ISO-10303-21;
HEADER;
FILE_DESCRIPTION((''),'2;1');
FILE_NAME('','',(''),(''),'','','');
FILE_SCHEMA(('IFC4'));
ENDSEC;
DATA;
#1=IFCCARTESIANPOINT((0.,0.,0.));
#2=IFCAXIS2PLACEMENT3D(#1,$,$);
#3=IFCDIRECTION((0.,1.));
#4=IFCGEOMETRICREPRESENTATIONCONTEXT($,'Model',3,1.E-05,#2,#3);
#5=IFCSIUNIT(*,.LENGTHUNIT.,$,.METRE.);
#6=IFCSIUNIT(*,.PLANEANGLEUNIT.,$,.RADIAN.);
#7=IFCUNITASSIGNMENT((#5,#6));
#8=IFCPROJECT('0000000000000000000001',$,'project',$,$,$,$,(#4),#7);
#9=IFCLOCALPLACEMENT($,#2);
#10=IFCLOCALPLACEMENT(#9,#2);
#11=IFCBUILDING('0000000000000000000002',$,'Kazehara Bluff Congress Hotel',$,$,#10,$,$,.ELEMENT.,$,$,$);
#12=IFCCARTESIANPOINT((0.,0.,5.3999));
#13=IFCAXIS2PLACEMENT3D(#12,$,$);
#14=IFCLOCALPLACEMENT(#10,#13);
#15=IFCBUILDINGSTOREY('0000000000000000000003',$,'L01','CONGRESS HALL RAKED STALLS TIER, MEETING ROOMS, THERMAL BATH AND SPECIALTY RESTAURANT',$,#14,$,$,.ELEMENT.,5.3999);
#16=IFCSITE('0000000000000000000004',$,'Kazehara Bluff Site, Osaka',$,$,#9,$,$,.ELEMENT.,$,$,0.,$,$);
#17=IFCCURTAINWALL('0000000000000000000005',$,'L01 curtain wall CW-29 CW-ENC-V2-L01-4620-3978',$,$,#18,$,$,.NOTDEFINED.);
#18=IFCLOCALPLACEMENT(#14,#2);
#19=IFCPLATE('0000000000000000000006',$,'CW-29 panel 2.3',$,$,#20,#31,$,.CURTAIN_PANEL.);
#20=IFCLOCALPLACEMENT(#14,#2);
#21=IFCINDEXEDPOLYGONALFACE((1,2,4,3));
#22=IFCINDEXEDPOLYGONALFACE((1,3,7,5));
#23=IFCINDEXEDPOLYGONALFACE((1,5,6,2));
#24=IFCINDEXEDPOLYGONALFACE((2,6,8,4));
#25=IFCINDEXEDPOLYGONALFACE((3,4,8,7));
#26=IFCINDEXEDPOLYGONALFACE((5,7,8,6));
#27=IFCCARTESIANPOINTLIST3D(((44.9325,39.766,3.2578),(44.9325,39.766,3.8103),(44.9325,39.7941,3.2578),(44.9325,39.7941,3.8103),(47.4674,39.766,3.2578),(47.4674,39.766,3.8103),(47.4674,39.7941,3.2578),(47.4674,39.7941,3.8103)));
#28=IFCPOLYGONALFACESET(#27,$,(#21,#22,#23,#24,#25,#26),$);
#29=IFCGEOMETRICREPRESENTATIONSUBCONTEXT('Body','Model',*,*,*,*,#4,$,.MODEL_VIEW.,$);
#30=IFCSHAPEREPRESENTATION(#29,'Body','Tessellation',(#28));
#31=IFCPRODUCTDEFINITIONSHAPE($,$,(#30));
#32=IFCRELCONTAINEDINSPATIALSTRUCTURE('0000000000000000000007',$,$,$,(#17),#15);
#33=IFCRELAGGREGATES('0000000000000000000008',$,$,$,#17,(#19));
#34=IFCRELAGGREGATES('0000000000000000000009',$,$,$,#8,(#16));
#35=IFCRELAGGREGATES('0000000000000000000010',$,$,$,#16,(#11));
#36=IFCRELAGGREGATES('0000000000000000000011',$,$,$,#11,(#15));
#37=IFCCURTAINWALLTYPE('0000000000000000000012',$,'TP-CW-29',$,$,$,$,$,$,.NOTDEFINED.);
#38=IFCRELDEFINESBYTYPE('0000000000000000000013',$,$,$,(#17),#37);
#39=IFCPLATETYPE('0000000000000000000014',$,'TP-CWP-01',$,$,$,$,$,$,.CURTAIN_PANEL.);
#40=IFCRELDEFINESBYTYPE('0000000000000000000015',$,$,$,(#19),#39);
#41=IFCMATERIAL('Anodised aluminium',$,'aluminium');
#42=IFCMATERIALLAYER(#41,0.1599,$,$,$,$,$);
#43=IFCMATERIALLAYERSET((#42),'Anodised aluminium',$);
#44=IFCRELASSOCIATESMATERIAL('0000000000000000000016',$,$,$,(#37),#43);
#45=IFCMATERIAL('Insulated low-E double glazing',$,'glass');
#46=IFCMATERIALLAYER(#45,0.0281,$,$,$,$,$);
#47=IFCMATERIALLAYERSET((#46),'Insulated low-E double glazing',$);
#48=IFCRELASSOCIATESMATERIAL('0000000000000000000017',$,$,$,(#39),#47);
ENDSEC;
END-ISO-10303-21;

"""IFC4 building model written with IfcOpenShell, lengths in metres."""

from ifc_helpers import new_model, si_unit, direction, frame, origin, origin_2d, place, context, subcontext, project, spatial, rectangle, extrude, material, layer, layer_set, type_object, element, aggregate, save


model = new_model("IFC4")

# Units and contexts
model_context = context("Model", 3, precision=1e-05, world=origin(), true_north=direction((0.0, 1.0)))
body_context = subcontext(model_context, "Body", "Model", "MODEL_VIEW")
ifc_project = project(units=[si_unit("LENGTHUNIT", "METRE"), si_unit("PLANEANGLEUNIT", "RADIAN")], contexts=[model_context])

# Site, building, storey
site_placement = place(None, origin())
site = spatial("IfcSite", under=ifc_project, at=site_placement, Name="Kazehara Bluff Site, Osaka", CompositionType="ELEMENT", RefElevation=0.0)
building_placement = place(site_placement, origin())
building = spatial("IfcBuilding", under=site, at=building_placement, Name="Kazehara Bluff Congress Hotel", CompositionType="ELEMENT")
storey_placement = place(building_placement, frame((0.0, 0.0, 5.3999)))
storey = spatial("IfcBuildingStorey", under=building, at=storey_placement, Name="L01", Description="CONGRESS HALL RAKED STALLS TIER, MEETING ROOMS, THERMAL BATH AND SPECIALTY RESTAURANT", CompositionType="ELEMENT", Elevation=5.3999)

# Curtain wall
ifc_material_1 = material(Name="Anodised aluminium", Category="aluminium")
ifc_layer_1 = layer(ifc_material_1, 0.1599)
ifc_layer_set_1 = layer_set([ifc_layer_1], Name="Anodised aluminium")
curtain_wall_type = type_object("IfcCurtainWallType", Name="TP-CW-29", PredefinedType="NOTDEFINED", material=ifc_layer_set_1)
curtain_wall_1_placement = place(storey_placement, origin())
curtain_wall_1 = element("IfcCurtainWall", 1, at=curtain_wall_1_placement, inside=storey, type_object=curtain_wall_type, Name="L01 curtain wall CW-29 CW-ENC-V2-L01-4620-3978", PredefinedType="NOTDEFINED")

# Plate
ifc_material_2 = material(Name="Insulated low-E double glazing", Category="glass")
ifc_layer_2 = layer(ifc_material_2, 0.0281)
ifc_layer_set_2 = layer_set([ifc_layer_2], Name="Insulated low-E double glazing")
plate_type = type_object("IfcPlateType", Name="TP-CWP-01", PredefinedType="CURTAIN_PANEL", material=ifc_layer_set_2)
plate_1_placement = place(storey_placement, frame((46.2, 39.78, 3.2578), z_axis=(0.0, 0.0, 1.0), x_axis=(1.0, 0.0, 0.0)))
plate_1 = element("IfcPlate", 2, at=plate_1_placement, type_object=plate_type, Name="CW-29 panel 2.3", PredefinedType="CURTAIN_PANEL", context=body_context, shape_type="SweptSolid", body=[
    extrude(rectangle(XDim=2.5349, YDim=0.0281, at=origin_2d()), origin(), (0.0, 0.0, 1.0), 0.5525),
])
aggregate(curtain_wall_1, [plate_1])

save(model, "model.ifc")
